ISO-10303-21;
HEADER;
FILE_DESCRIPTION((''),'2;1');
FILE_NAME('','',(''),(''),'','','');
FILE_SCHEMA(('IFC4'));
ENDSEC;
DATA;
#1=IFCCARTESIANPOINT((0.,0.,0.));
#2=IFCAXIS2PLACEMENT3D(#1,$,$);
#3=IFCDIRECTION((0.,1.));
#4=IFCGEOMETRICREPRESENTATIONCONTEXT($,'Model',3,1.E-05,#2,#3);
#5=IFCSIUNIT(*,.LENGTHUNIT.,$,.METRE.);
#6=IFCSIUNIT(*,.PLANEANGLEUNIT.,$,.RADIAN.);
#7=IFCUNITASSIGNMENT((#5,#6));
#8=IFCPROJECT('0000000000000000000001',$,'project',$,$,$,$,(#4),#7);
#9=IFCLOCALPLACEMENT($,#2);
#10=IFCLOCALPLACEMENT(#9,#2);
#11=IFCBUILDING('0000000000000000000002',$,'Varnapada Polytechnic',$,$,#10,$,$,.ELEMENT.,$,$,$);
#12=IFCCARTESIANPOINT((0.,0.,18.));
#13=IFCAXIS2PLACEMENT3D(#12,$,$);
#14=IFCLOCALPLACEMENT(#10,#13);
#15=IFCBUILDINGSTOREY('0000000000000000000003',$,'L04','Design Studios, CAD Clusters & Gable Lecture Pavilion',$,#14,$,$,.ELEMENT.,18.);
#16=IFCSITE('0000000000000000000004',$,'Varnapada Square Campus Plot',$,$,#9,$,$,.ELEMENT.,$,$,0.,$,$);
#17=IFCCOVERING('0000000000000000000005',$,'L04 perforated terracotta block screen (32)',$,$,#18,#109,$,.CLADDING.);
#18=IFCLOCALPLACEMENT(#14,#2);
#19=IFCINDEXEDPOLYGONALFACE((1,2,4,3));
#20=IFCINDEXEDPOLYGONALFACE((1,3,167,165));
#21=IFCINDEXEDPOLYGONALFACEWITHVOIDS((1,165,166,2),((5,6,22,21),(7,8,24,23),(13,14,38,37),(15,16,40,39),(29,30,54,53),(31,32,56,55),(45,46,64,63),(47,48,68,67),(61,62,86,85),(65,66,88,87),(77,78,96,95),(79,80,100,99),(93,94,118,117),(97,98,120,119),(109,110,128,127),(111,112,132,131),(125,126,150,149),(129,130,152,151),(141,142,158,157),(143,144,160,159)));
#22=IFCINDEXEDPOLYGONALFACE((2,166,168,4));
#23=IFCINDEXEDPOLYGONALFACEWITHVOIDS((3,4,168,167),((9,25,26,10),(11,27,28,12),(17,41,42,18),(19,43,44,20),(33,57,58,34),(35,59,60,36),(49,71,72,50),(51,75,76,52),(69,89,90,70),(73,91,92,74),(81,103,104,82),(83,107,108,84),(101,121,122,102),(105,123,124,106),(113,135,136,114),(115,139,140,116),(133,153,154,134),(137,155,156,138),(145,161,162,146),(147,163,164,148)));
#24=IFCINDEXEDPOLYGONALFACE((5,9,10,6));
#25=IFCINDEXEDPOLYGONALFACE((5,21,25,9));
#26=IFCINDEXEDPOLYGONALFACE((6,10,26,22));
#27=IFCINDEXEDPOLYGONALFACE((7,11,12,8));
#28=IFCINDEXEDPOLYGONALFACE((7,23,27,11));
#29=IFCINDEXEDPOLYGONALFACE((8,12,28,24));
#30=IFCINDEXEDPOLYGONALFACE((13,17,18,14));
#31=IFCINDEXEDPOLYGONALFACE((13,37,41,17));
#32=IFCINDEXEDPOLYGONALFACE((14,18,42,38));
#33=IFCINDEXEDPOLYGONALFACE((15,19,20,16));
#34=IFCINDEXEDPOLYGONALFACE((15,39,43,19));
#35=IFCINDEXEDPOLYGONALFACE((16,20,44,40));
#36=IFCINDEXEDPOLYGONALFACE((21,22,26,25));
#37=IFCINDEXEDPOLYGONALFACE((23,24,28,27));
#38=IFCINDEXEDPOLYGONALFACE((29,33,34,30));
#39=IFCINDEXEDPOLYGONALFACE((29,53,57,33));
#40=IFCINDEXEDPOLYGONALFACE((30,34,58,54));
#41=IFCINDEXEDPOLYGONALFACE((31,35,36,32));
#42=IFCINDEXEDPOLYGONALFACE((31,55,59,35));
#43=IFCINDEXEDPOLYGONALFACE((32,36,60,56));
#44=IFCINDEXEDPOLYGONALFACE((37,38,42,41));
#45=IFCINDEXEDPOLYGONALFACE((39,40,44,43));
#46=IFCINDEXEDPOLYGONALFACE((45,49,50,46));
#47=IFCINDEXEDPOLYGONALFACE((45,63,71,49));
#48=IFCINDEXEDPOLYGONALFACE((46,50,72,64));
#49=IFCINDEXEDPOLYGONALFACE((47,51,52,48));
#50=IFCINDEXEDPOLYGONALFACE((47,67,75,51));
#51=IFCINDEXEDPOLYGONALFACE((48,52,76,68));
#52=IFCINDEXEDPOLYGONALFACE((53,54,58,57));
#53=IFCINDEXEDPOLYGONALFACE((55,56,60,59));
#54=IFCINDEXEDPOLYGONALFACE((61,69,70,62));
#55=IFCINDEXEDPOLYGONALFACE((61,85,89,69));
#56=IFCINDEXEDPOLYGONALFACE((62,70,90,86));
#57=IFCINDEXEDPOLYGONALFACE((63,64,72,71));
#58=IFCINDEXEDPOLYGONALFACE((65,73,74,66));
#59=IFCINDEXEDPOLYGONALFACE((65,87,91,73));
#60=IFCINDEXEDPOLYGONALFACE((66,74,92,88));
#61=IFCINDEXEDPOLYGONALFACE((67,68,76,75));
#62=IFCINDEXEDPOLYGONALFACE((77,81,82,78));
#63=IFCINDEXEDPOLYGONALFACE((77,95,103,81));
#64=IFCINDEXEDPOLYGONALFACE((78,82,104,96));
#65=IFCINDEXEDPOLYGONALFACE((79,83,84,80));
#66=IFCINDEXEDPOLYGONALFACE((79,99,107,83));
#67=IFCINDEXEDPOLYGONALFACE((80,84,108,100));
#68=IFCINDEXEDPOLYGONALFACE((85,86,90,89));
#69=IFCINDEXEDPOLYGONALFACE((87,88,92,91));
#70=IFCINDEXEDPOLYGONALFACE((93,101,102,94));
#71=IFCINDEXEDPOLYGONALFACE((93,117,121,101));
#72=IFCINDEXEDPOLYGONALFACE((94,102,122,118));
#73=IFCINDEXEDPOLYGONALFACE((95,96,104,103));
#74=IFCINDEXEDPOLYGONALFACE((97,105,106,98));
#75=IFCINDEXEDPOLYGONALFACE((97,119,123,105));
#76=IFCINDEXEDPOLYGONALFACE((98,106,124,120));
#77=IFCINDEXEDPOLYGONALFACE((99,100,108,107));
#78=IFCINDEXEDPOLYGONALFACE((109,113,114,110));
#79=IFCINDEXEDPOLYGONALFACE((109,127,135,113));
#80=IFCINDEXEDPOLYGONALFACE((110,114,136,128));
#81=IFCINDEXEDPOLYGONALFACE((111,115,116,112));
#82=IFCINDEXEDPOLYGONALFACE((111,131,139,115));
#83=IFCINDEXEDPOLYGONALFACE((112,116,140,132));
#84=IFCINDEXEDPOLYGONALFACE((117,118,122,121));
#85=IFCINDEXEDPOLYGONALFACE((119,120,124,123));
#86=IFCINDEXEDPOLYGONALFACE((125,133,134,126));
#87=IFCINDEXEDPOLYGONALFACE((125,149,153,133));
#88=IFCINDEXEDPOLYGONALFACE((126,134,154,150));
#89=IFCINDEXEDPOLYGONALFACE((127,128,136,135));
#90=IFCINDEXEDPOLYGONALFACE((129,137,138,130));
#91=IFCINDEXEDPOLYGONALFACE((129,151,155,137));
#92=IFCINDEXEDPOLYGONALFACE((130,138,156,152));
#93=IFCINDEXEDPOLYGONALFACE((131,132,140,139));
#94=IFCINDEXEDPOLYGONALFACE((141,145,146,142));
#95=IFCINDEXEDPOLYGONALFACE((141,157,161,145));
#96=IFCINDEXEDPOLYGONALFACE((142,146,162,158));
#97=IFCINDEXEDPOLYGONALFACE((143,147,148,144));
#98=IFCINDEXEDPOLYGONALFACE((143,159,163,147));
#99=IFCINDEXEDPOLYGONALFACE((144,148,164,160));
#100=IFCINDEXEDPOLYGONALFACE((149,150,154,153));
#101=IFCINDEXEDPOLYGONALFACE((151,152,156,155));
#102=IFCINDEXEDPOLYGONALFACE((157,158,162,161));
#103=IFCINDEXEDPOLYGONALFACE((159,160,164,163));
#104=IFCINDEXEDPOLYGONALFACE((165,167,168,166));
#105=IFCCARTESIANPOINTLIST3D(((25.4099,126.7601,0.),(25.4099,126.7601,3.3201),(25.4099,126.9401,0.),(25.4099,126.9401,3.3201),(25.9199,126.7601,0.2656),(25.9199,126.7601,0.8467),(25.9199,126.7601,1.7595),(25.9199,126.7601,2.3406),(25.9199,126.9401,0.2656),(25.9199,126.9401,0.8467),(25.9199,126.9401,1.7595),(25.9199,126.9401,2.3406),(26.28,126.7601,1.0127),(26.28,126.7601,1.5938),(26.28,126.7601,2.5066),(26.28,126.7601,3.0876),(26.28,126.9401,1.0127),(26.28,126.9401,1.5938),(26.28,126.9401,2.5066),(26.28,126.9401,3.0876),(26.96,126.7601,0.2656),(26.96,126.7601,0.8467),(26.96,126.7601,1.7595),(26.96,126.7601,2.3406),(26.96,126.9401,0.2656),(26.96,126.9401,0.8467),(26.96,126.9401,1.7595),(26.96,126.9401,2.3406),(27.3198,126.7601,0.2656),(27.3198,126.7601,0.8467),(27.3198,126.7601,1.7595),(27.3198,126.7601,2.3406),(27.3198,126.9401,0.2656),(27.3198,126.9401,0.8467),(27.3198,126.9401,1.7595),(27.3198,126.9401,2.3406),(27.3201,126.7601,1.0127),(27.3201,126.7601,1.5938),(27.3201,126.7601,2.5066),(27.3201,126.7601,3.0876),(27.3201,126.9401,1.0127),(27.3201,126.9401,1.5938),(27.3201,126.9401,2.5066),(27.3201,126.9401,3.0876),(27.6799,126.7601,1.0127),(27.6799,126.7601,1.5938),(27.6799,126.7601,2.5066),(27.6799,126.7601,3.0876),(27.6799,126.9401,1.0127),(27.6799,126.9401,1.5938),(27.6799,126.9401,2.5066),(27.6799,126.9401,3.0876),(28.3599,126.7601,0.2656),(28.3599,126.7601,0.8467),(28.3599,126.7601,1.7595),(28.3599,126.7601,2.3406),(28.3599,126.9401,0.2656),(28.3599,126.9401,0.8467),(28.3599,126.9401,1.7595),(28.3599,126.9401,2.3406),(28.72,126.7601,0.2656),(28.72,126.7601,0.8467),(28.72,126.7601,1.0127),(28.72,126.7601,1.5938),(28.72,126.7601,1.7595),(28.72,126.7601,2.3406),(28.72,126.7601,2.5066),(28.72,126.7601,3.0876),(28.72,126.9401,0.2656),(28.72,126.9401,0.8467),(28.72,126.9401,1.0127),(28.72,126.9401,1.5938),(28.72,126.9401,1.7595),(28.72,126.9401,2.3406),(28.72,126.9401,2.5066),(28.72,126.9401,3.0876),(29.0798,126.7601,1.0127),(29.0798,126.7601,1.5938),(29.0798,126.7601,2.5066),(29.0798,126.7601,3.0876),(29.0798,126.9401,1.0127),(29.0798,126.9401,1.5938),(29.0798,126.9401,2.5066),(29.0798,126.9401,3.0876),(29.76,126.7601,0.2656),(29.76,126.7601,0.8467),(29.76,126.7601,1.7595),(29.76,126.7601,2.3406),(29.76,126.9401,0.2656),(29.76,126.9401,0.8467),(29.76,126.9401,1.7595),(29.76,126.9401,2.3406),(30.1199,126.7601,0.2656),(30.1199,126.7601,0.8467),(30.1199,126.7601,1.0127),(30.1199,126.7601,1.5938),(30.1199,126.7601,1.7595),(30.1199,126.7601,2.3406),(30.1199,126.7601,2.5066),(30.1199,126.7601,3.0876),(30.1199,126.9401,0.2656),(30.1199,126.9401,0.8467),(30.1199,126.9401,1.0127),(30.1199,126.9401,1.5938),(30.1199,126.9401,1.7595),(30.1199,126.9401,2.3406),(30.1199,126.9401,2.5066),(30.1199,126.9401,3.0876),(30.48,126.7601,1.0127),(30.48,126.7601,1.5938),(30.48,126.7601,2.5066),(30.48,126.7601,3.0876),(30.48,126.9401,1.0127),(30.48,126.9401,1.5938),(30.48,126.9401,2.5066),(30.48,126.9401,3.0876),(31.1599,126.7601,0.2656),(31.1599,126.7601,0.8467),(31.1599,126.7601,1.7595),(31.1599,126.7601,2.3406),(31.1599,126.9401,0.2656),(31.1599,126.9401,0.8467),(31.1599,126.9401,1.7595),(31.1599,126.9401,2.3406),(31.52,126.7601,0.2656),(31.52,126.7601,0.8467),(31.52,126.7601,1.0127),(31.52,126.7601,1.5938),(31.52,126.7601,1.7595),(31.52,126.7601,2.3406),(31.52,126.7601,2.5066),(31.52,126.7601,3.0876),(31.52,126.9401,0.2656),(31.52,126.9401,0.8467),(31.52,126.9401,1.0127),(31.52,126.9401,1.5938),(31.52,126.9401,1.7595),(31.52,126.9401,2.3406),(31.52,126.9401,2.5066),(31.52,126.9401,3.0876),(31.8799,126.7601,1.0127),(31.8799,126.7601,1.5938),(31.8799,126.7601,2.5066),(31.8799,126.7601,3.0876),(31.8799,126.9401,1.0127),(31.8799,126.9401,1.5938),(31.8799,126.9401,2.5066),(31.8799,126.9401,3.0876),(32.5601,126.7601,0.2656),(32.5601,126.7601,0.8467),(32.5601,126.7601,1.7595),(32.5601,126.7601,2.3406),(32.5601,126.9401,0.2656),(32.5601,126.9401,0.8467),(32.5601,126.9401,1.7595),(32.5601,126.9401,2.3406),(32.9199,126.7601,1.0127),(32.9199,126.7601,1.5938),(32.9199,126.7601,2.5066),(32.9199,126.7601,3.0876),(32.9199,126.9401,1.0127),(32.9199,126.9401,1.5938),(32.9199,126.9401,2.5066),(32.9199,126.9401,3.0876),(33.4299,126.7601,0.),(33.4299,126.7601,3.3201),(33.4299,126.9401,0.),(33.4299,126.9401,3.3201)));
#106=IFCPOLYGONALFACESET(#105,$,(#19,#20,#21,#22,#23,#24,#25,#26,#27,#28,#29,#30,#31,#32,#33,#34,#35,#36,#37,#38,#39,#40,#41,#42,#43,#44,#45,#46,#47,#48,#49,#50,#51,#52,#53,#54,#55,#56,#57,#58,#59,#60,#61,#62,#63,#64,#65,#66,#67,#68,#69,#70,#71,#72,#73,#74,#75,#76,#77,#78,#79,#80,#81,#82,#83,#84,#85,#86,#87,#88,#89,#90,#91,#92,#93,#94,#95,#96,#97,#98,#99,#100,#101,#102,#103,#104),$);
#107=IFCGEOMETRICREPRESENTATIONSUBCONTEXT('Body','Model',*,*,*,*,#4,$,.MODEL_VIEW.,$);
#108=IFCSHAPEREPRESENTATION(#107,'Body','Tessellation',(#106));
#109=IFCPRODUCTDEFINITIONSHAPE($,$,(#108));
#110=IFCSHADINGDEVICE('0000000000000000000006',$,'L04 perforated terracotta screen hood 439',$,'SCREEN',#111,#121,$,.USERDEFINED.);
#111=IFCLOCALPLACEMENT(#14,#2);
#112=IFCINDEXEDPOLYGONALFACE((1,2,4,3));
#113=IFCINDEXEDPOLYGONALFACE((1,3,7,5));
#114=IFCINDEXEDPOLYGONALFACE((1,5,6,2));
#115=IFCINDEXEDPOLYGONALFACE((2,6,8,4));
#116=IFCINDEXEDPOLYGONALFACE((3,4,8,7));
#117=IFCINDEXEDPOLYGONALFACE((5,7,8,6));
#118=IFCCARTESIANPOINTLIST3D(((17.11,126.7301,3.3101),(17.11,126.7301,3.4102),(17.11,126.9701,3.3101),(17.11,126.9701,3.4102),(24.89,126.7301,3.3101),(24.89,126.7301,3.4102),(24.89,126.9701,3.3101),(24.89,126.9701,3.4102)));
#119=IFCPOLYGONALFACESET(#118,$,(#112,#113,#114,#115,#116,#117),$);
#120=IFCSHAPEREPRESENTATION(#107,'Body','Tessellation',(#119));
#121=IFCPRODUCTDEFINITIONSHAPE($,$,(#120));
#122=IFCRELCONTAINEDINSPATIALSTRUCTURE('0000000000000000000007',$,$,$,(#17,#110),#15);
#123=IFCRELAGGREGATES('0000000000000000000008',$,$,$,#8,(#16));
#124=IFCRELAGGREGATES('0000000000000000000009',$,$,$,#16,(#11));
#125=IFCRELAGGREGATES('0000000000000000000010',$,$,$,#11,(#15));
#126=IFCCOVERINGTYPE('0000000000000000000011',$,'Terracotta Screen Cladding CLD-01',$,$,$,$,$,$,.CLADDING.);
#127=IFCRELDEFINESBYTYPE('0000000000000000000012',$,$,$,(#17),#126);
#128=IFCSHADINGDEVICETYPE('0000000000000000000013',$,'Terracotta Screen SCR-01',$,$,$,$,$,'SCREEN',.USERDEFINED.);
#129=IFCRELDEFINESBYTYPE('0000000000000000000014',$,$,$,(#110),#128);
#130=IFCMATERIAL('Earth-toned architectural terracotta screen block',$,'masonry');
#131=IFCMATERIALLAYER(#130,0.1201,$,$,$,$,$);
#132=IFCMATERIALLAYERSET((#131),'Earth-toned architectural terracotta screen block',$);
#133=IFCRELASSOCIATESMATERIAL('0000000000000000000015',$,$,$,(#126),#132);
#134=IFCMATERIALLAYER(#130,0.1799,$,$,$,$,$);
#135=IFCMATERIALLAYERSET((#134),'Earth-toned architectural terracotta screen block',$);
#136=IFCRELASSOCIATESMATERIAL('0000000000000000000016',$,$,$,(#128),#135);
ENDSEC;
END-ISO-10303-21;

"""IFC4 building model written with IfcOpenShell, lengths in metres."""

from ifc_helpers import new_model, si_unit, direction, frame, frame_2d, origin, origin_2d, place, context, subcontext, project, spatial, rectangle, extrude, material, layer, layer_set, type_object, element, save


model = new_model("IFC4")

# Units and contexts
model_context = context("Model", 3, precision=1e-05, world=origin(), true_north=direction((0.0, 1.0)))
body_context = subcontext(model_context, "Body", "Model", "MODEL_VIEW")
ifc_project = project(units=[si_unit("LENGTHUNIT", "METRE"), si_unit("PLANEANGLEUNIT", "RADIAN")], contexts=[model_context])

# Site, building, storey
site_placement = place(None, origin())
site = spatial("IfcSite", under=ifc_project, at=site_placement, Name="Varnapada Square Campus Plot", CompositionType="ELEMENT", RefElevation=0.0)
building_placement = place(site_placement, origin())
building = spatial("IfcBuilding", under=site, at=building_placement, Name="Varnapada Polytechnic", CompositionType="ELEMENT")
storey_placement = place(building_placement, frame((0.0, 0.0, 18.0)))
storey = spatial("IfcBuildingStorey", under=building, at=storey_placement, Name="L04", Description="Design Studios, CAD Clusters & Gable Lecture Pavilion", CompositionType="ELEMENT", Elevation=18.0)

# Covering, openings
ifc_material_1 = material(Name="Earth-toned architectural terracotta screen block", Category="masonry")
ifc_layer_1 = layer(ifc_material_1, 0.1201)
ifc_layer_set_1 = layer_set([ifc_layer_1], Name="Earth-toned architectural terracotta screen block")
covering_type_1 = type_object("IfcCoveringType", Name="Terracotta Screen Cladding CLD-01", PredefinedType="CLADDING", material=ifc_layer_set_1)
covering_placement = place(storey_placement, frame((25.4099, 126.8501, 0.0), z_axis=(0.0, 0.0, 1.0), x_axis=(1.0, 0.0, 0.0)))
covering = element("IfcCovering", 1, at=covering_placement, inside=storey, type_object=covering_type_1, Name="L04 perforated terracotta block screen (32)", PredefinedType="CLADDING", context=body_context, shape_type="SweptSolid", body=[
    extrude(rectangle(XDim=8.02, YDim=0.1799, at=frame_2d((4.01, 0.0))), origin(), (0.0, 0.0, 1.0), 3.3201),
])
opening_1_placement = place(covering_placement, frame((0.51, 0.0, 0.2656)))
element("IfcOpeningElement", 2, at=opening_1_placement, cuts=covering, PredefinedType="OPENING", context=body_context, shape_type="SweptSolid", body=[
    extrude(rectangle(XDim=1.04, YDim=0.5811, at=frame_2d((0.52, 0.2905))), frame((0.0, 0.0999, 0.0), z_axis=(0.0, -1.0, 0.0), x_axis=(1.0, 0.0, 0.0)), (0.0, 0.0, 1.0), 0.2),
])
opening_2_placement = place(covering_placement, frame((1.9099, 0.0, 0.2656)))
element("IfcOpeningElement", 3, at=opening_2_placement, cuts=covering, PredefinedType="OPENING", context=body_context, shape_type="SweptSolid", body=[
    extrude(rectangle(XDim=1.04, YDim=0.5811, at=frame_2d((0.52, 0.2905))), frame((0.0, 0.0999, 0.0), z_axis=(0.0, -1.0, 0.0), x_axis=(1.0, 0.0, 0.0)), (0.0, 0.0, 1.0), 0.2),
])
opening_3_placement = place(covering_placement, frame((3.3101, 0.0, 0.2656)))
element("IfcOpeningElement", 4, at=opening_3_placement, cuts=covering, PredefinedType="OPENING", context=body_context, shape_type="SweptSolid", body=[
    extrude(rectangle(XDim=1.04, YDim=0.5811, at=frame_2d((0.52, 0.2905))), frame((0.0, 0.0999, 0.0), z_axis=(0.0, -1.0, 0.0), x_axis=(1.0, 0.0, 0.0)), (0.0, 0.0, 1.0), 0.2),
])
opening_4_placement = place(covering_placement, frame((4.71, 0.0, 0.2656)))
element("IfcOpeningElement", 5, at=opening_4_placement, cuts=covering, PredefinedType="OPENING", context=body_context, shape_type="SweptSolid", body=[
    extrude(rectangle(XDim=1.04, YDim=0.5811, at=frame_2d((0.52, 0.2905))), frame((0.0, 0.0999, 0.0), z_axis=(0.0, -1.0, 0.0), x_axis=(1.0, 0.0, 0.0)), (0.0, 0.0, 1.0), 0.2),
])
opening_5_placement = place(covering_placement, frame((6.1101, 0.0, 0.2656)))
element("IfcOpeningElement", 6, at=opening_5_placement, cuts=covering, PredefinedType="OPENING", context=body_context, shape_type="SweptSolid", body=[
    extrude(rectangle(XDim=1.04, YDim=0.5811, at=frame_2d((0.52, 0.2905))), frame((0.0, 0.0999, 0.0), z_axis=(0.0, -1.0, 0.0), x_axis=(1.0, 0.0, 0.0)), (0.0, 0.0, 1.0), 0.2),
])
opening_6_placement = place(covering_placement, frame((0.8701, 0.0, 1.0127)))
element("IfcOpeningElement", 7, at=opening_6_placement, cuts=covering, PredefinedType="OPENING", context=body_context, shape_type="SweptSolid", body=[
    extrude(rectangle(XDim=1.04, YDim=0.5811, at=frame_2d((0.52, 0.2905))), frame((0.0, 0.0999, 0.0), z_axis=(0.0, -1.0, 0.0), x_axis=(1.0, 0.0, 0.0)), (0.0, 0.0, 1.0), 0.2),
])
opening_7_placement = place(covering_placement, frame((2.27, 0.0, 1.0127)))
element("IfcOpeningElement", 8, at=opening_7_placement, cuts=covering, PredefinedType="OPENING", context=body_context, shape_type="SweptSolid", body=[
    extrude(rectangle(XDim=1.04, YDim=0.5811, at=frame_2d((0.52, 0.2905))), frame((0.0, 0.0999, 0.0), z_axis=(0.0, -1.0, 0.0), x_axis=(1.0, 0.0, 0.0)), (0.0, 0.0, 1.0), 0.2),
])
opening_8_placement = place(covering_placement, frame((3.6699, 0.0, 1.0127)))
element("IfcOpeningElement", 9, at=opening_8_placement, cuts=covering, PredefinedType="OPENING", context=body_context, shape_type="SweptSolid", body=[
    extrude(rectangle(XDim=1.04, YDim=0.5811, at=frame_2d((0.52, 0.2905))), frame((0.0, 0.0999, 0.0), z_axis=(0.0, -1.0, 0.0), x_axis=(1.0, 0.0, 0.0)), (0.0, 0.0, 1.0), 0.2),
])
opening_9_placement = place(covering_placement, frame((5.0701, 0.0, 1.0127)))
element("IfcOpeningElement", 10, at=opening_9_placement, cuts=covering, PredefinedType="OPENING", context=body_context, shape_type="SweptSolid", body=[
    extrude(rectangle(XDim=1.04, YDim=0.5811, at=frame_2d((0.52, 0.2905))), frame((0.0, 0.0999, 0.0), z_axis=(0.0, -1.0, 0.0), x_axis=(1.0, 0.0, 0.0)), (0.0, 0.0, 1.0), 0.2),
])
opening_10_placement = place(covering_placement, frame((6.47, 0.0, 1.0127)))
element("IfcOpeningElement", 11, at=opening_10_placement, cuts=covering, PredefinedType="OPENING", context=body_context, shape_type="SweptSolid", body=[
    extrude(rectangle(XDim=1.04, YDim=0.5811, at=frame_2d((0.52, 0.2905))), frame((0.0, 0.0999, 0.0), z_axis=(0.0, -1.0, 0.0), x_axis=(1.0, 0.0, 0.0)), (0.0, 0.0, 1.0), 0.2),
])
opening_11_placement = place(covering_placement, frame((0.51, 0.0, 1.7595)))
element("IfcOpeningElement", 12, at=opening_11_placement, cuts=covering, PredefinedType="OPENING", context=body_context, shape_type="SweptSolid", body=[
    extrude(rectangle(XDim=1.04, YDim=0.5811, at=frame_2d((0.52, 0.2905))), frame((0.0, 0.0999, 0.0), z_axis=(0.0, -1.0, 0.0), x_axis=(1.0, 0.0, 0.0)), (0.0, 0.0, 1.0), 0.2),
])
opening_12_placement = place(covering_placement, frame((1.9099, 0.0, 1.7595)))
element("IfcOpeningElement", 13, at=opening_12_placement, cuts=covering, PredefinedType="OPENING", context=body_context, shape_type="SweptSolid", body=[
    extrude(rectangle(XDim=1.04, YDim=0.5811, at=frame_2d((0.52, 0.2905))), frame((0.0, 0.0999, 0.0), z_axis=(0.0, -1.0, 0.0), x_axis=(1.0, 0.0, 0.0)), (0.0, 0.0, 1.0), 0.2),
])
opening_13_placement = place(covering_placement, frame((3.3101, 0.0, 1.7595)))
element("IfcOpeningElement", 14, at=opening_13_placement, cuts=covering, PredefinedType="OPENING", context=body_context, shape_type="SweptSolid", body=[
    extrude(rectangle(XDim=1.04, YDim=0.5811, at=frame_2d((0.52, 0.2905))), frame((0.0, 0.0999, 0.0), z_axis=(0.0, -1.0, 0.0), x_axis=(1.0, 0.0, 0.0)), (0.0, 0.0, 1.0), 0.2),
])
opening_14_placement = place(covering_placement, frame((4.71, 0.0, 1.7595)))
element("IfcOpeningElement", 15, at=opening_14_placement, cuts=covering, PredefinedType="OPENING", context=body_context, shape_type="SweptSolid", body=[
    extrude(rectangle(XDim=1.04, YDim=0.5811, at=frame_2d((0.52, 0.2905))), frame((0.0, 0.0999, 0.0), z_axis=(0.0, -1.0, 0.0), x_axis=(1.0, 0.0, 0.0)), (0.0, 0.0, 1.0), 0.2),
])
opening_15_placement = place(covering_placement, frame((6.1101, 0.0, 1.7595)))
element("IfcOpeningElement", 16, at=opening_15_placement, cuts=covering, PredefinedType="OPENING", context=body_context, shape_type="SweptSolid", body=[
    extrude(rectangle(XDim=1.04, YDim=0.5811, at=frame_2d((0.52, 0.2905))), frame((0.0, 0.0999, 0.0), z_axis=(0.0, -1.0, 0.0), x_axis=(1.0, 0.0, 0.0)), (0.0, 0.0, 1.0), 0.2),
])
opening_16_placement = place(covering_placement, frame((0.8701, 0.0, 2.5066)))
element("IfcOpeningElement", 17, at=opening_16_placement, cuts=covering, PredefinedType="OPENING", context=body_context, shape_type="SweptSolid", body=[
    extrude(rectangle(XDim=1.04, YDim=0.5811, at=frame_2d((0.52, 0.2905))), frame((0.0, 0.0999, 0.0), z_axis=(0.0, -1.0, 0.0), x_axis=(1.0, 0.0, 0.0)), (0.0, 0.0, 1.0), 0.2),
])
opening_17_placement = place(covering_placement, frame((2.27, 0.0, 2.5066)))
element("IfcOpeningElement", 18, at=opening_17_placement, cuts=covering, PredefinedType="OPENING", context=body_context, shape_type="SweptSolid", body=[
    extrude(rectangle(XDim=1.04, YDim=0.5811, at=frame_2d((0.52, 0.2905))), frame((0.0, 0.0999, 0.0), z_axis=(0.0, -1.0, 0.0), x_axis=(1.0, 0.0, 0.0)), (0.0, 0.0, 1.0), 0.2),
])
opening_18_placement = place(covering_placement, frame((3.6699, 0.0, 2.5066)))
element("IfcOpeningElement", 19, at=opening_18_placement, cuts=covering, PredefinedType="OPENING", context=body_context, shape_type="SweptSolid", body=[
    extrude(rectangle(XDim=1.04, YDim=0.5811, at=frame_2d((0.52, 0.2905))), frame((0.0, 0.0999, 0.0), z_axis=(0.0, -1.0, 0.0), x_axis=(1.0, 0.0, 0.0)), (0.0, 0.0, 1.0), 0.2),
])
opening_19_placement = place(covering_placement, frame((5.0701, 0.0, 2.5066)))
element("IfcOpeningElement", 20, at=opening_19_placement, cuts=covering, PredefinedType="OPENING", context=body_context, shape_type="SweptSolid", body=[
    extrude(rectangle(XDim=1.04, YDim=0.5811, at=frame_2d((0.52, 0.2905))), frame((0.0, 0.0999, 0.0), z_axis=(0.0, -1.0, 0.0), x_axis=(1.0, 0.0, 0.0)), (0.0, 0.0, 1.0), 0.2),
])
opening_20_placement = place(covering_placement, frame((6.47, 0.0, 2.5066)))
element("IfcOpeningElement", 21, at=opening_20_placement, cuts=covering, PredefinedType="OPENING", context=body_context, shape_type="SweptSolid", body=[
    extrude(rectangle(XDim=1.04, YDim=0.5811, at=frame_2d((0.52, 0.2905))), frame((0.0, 0.0999, 0.0), z_axis=(0.0, -1.0, 0.0), x_axis=(1.0, 0.0, 0.0)), (0.0, 0.0, 1.0), 0.2),
])

# Shading device
ifc_layer_2 = layer(ifc_material_1, 0.1799)
ifc_layer_set_2 = layer_set([ifc_layer_2], Name="Earth-toned architectural terracotta screen block")
shading_device_type = type_object("IfcShadingDeviceType", Name="Terracotta Screen SCR-01", ElementType="SCREEN", PredefinedType="USERDEFINED", material=ifc_layer_set_2)
shading_device_1_placement = place(storey_placement, frame((21.0, 126.8501, 3.3101), z_axis=(0.0, 0.0, 1.0), x_axis=(1.0, 0.0, 0.0)))
element("IfcShadingDevice", 22, at=shading_device_1_placement, inside=storey, type_object=shading_device_type, Name="L04 perforated terracotta screen hood 439", ObjectType="SCREEN", PredefinedType="USERDEFINED", context=body_context, shape_type="SweptSolid", body=[
    extrude(rectangle(XDim=7.78, YDim=0.24, at=origin_2d()), origin(), (0.0, 0.0, 1.0), 0.1001),
])

save(model, "model.ifc")
